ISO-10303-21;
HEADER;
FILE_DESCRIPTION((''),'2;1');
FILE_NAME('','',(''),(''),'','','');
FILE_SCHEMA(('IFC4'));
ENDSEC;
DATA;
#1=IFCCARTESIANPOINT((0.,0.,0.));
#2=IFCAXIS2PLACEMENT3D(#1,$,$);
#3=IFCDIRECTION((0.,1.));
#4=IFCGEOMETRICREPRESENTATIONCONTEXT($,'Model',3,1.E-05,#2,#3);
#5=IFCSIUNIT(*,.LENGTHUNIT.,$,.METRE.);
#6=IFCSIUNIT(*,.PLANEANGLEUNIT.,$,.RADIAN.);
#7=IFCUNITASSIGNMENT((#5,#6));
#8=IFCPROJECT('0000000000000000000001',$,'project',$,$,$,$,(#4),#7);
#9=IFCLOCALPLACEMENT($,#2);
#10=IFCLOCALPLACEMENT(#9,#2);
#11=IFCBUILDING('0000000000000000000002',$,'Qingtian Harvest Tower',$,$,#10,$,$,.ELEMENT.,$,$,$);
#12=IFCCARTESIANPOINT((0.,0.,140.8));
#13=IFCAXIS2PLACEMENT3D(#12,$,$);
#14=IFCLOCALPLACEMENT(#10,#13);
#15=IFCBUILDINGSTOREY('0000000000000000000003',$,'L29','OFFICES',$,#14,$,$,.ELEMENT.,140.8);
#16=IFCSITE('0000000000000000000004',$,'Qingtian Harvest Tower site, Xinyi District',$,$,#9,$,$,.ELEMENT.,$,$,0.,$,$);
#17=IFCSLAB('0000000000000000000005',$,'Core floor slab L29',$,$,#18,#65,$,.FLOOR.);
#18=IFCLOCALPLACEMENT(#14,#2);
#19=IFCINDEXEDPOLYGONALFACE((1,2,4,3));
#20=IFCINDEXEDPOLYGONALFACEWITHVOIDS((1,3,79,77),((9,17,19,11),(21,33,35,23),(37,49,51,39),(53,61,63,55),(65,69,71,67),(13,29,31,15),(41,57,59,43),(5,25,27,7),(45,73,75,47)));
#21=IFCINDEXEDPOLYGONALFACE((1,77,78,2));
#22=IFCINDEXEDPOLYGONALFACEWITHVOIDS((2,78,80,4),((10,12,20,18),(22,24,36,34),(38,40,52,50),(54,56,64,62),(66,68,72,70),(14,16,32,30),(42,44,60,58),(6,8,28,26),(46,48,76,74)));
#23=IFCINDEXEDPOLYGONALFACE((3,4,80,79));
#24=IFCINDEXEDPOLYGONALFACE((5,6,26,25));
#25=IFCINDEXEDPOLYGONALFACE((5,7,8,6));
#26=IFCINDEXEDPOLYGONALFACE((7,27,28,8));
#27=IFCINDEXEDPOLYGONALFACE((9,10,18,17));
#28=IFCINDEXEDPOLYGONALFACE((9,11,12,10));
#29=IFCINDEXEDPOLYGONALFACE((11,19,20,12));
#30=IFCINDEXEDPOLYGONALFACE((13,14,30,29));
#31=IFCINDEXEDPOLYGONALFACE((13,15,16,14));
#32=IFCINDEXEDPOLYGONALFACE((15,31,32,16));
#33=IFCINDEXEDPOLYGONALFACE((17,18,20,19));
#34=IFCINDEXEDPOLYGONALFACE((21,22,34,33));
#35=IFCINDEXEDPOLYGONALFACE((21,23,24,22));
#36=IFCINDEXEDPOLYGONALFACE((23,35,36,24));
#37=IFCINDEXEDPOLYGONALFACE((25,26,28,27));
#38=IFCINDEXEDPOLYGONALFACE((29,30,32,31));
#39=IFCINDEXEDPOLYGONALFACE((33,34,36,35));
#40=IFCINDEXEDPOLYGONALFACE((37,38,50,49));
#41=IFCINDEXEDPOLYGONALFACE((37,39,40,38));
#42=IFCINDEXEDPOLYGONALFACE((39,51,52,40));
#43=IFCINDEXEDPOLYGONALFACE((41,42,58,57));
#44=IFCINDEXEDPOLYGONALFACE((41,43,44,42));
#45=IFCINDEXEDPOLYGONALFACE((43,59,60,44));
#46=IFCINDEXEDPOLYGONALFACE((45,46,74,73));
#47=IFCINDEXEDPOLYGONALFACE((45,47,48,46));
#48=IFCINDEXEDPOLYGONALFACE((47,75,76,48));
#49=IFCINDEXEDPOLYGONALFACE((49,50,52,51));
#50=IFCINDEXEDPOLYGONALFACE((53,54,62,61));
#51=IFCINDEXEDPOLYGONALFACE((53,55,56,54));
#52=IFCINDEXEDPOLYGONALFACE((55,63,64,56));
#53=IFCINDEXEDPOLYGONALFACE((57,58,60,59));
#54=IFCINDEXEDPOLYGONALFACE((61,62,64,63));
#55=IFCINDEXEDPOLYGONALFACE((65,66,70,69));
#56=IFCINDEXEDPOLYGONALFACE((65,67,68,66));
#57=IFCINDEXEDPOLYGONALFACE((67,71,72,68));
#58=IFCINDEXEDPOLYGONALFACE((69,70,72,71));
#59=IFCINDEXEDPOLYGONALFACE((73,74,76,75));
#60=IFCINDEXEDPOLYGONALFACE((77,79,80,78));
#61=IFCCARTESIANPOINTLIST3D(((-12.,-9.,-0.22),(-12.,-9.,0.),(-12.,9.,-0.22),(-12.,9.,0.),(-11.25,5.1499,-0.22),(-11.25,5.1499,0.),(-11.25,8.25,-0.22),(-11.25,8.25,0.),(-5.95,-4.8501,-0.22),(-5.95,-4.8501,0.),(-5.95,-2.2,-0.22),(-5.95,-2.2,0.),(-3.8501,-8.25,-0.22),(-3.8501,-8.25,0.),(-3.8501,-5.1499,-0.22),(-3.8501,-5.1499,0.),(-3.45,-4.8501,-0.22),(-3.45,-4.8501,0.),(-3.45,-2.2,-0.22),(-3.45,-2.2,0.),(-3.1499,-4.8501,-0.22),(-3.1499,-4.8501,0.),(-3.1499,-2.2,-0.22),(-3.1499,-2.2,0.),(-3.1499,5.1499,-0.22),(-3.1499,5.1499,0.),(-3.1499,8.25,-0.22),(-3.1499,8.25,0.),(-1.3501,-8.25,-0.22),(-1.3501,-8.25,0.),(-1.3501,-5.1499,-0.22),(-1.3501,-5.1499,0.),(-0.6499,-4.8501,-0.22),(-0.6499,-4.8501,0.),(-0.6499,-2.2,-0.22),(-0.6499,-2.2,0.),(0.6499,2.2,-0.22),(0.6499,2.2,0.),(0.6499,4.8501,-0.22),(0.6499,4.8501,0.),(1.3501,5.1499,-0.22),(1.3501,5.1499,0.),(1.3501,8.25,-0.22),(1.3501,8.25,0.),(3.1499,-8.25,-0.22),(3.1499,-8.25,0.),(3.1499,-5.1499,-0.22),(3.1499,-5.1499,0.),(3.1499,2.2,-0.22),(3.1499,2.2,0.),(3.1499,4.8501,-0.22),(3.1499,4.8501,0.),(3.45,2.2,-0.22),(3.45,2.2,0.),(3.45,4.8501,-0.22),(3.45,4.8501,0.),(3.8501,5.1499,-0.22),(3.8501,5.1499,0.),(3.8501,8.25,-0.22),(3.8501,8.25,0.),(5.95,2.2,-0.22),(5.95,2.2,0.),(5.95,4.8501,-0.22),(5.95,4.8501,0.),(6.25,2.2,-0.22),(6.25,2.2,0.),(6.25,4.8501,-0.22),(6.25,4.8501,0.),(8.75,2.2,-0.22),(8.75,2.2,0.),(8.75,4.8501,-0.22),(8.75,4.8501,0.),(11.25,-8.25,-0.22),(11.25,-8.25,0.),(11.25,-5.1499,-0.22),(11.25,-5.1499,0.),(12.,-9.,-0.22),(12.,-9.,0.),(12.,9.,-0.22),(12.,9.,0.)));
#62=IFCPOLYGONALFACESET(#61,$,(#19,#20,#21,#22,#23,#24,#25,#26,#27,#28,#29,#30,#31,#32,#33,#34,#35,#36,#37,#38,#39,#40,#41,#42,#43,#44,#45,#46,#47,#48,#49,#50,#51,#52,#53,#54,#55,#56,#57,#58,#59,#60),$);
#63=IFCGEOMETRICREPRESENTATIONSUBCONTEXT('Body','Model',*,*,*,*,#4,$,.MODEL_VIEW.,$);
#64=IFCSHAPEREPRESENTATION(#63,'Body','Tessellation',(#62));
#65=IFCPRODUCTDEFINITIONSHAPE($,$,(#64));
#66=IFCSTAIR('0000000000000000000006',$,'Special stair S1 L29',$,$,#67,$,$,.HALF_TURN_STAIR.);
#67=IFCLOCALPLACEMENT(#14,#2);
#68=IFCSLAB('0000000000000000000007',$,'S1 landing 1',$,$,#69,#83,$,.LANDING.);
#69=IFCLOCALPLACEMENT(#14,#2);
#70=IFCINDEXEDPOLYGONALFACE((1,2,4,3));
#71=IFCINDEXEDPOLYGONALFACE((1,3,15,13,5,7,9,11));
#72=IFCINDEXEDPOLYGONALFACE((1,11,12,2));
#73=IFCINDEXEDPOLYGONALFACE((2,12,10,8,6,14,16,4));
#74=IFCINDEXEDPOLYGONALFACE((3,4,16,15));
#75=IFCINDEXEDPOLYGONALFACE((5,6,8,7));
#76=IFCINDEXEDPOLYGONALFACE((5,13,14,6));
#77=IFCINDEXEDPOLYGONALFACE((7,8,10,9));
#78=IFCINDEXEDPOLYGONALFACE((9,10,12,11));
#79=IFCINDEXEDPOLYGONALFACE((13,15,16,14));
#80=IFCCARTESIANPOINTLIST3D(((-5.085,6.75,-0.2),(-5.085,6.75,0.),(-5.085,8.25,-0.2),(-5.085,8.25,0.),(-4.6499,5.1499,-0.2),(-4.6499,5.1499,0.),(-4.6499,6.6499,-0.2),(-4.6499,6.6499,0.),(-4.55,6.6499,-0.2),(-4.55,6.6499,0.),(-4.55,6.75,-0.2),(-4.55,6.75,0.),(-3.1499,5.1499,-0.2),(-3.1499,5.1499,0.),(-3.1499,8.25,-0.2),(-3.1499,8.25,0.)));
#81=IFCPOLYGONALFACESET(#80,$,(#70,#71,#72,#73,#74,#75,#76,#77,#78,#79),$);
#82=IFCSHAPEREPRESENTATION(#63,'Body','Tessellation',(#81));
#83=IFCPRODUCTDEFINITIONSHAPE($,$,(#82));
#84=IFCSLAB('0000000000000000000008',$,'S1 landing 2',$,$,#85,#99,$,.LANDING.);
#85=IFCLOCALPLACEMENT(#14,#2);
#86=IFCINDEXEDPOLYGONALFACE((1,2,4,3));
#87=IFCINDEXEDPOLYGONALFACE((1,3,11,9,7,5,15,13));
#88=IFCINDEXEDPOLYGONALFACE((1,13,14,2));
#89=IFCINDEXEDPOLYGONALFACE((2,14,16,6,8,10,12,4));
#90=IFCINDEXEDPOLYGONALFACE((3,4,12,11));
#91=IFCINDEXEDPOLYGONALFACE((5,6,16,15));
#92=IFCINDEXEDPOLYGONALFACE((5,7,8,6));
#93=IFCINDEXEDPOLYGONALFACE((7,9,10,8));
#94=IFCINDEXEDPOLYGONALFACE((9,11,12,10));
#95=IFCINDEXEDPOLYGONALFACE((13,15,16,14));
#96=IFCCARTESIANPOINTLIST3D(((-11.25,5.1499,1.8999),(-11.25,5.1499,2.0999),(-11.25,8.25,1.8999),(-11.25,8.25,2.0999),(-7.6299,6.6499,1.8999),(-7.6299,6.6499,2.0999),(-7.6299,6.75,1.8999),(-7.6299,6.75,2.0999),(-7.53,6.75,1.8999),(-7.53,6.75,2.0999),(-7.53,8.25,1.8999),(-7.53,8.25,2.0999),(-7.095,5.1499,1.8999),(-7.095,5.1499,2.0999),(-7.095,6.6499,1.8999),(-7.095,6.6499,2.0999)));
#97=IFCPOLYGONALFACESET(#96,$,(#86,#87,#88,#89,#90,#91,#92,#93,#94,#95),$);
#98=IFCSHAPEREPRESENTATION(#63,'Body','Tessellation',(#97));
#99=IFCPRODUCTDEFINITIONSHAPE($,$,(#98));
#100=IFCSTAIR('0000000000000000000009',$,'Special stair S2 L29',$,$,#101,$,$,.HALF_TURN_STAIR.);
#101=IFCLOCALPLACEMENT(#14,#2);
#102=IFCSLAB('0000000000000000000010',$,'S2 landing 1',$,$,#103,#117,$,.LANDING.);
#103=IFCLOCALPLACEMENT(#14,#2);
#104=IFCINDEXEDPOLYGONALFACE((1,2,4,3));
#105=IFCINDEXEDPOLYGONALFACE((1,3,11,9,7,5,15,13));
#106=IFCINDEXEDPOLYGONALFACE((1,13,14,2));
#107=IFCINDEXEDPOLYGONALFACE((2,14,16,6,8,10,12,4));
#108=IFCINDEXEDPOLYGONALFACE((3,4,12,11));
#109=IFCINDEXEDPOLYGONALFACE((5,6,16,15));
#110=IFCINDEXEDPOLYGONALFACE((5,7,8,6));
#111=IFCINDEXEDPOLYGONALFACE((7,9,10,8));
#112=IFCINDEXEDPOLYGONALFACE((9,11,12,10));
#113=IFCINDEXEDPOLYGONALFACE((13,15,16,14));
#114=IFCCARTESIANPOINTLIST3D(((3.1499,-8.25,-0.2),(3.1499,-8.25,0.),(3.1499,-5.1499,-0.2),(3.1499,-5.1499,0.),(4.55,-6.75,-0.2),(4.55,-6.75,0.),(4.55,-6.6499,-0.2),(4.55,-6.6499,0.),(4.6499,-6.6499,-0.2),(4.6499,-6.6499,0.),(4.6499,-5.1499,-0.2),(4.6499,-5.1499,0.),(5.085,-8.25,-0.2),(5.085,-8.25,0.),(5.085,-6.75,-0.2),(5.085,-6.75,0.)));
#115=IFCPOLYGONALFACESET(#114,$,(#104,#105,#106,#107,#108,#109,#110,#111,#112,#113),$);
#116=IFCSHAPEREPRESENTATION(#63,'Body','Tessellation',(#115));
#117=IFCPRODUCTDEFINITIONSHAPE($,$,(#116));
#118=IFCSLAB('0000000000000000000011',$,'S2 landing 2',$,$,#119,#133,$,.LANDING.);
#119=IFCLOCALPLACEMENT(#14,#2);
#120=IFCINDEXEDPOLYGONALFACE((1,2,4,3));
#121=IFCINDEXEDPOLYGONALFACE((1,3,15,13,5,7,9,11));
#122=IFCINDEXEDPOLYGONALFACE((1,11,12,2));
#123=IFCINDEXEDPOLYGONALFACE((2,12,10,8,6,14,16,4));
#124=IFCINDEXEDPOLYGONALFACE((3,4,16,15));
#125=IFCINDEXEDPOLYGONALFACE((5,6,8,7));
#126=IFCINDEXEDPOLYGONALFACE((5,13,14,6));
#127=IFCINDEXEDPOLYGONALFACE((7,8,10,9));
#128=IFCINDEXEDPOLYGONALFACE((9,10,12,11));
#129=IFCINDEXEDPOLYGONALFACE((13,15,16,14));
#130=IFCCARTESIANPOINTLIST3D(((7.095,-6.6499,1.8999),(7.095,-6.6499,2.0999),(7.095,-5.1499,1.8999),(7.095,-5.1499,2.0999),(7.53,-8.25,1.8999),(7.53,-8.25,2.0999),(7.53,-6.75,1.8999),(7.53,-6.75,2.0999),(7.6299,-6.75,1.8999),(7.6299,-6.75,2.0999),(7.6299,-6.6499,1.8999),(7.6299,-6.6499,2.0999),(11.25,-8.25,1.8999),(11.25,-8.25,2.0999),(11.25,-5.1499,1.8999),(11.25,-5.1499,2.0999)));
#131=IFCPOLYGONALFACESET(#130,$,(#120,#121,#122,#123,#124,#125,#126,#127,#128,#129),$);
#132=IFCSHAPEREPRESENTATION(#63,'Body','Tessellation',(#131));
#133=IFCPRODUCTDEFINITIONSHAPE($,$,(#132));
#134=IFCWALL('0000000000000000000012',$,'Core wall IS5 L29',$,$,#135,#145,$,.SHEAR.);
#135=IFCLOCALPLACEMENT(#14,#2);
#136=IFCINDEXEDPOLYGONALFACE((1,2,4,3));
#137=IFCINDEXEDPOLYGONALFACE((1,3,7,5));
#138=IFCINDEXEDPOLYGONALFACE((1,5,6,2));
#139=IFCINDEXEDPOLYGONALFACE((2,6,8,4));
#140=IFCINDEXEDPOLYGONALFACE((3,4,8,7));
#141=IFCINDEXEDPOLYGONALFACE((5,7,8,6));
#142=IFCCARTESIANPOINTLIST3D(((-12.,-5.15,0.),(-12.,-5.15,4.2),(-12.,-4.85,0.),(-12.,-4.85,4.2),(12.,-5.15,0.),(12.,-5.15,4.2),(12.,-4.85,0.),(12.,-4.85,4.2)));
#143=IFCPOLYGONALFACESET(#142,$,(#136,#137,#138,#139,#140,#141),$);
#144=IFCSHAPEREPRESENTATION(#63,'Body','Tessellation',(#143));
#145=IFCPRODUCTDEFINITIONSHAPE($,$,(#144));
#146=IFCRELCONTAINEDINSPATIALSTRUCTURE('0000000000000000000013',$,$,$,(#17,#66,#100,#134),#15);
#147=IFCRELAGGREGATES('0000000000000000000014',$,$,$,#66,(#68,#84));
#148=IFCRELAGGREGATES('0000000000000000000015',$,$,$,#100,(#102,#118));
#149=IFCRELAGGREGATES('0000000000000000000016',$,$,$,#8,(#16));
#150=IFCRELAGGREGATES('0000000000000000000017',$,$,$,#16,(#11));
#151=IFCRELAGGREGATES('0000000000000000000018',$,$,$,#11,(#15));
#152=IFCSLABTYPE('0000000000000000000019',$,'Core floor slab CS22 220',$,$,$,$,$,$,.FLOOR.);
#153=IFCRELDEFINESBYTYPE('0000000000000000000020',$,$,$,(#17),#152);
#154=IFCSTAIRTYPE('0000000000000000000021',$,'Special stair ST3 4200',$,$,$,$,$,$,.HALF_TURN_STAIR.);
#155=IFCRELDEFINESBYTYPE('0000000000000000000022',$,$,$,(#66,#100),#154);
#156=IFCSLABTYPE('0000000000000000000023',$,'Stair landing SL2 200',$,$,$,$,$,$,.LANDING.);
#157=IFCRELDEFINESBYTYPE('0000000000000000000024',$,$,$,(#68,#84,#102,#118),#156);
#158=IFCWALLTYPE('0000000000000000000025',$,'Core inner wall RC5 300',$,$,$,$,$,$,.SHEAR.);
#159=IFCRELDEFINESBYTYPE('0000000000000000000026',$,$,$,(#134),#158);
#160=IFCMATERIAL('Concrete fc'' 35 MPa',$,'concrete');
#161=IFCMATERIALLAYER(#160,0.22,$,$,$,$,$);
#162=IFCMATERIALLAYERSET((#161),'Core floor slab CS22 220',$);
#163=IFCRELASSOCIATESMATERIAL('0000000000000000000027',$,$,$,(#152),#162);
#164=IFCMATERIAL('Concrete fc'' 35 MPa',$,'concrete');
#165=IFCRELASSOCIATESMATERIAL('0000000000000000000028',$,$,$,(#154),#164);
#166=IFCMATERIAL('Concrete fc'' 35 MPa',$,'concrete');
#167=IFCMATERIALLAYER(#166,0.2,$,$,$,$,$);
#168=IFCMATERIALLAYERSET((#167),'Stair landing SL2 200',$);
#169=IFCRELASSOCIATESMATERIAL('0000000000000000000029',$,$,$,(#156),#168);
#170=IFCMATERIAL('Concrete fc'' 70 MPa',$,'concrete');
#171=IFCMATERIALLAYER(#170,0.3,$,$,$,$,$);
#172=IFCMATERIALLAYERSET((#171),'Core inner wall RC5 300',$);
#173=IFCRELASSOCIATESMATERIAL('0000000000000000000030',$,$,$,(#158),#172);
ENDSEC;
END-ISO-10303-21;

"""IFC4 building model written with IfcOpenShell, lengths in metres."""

from ifc_helpers import new_model, si_unit, direction, frame, frame_2d, origin, place, context, subcontext, project, spatial, polyline, rectangle, outline, extrude, material, layer, layer_set, type_object, element, aggregate, save


model = new_model("IFC4")

# Units and contexts
model_context = context("Model", 3, precision=1e-05, world=origin(), true_north=direction((0.0, 1.0)))
body_context = subcontext(model_context, "Body", "Model", "MODEL_VIEW")
ifc_project = project(units=[si_unit("LENGTHUNIT", "METRE"), si_unit("PLANEANGLEUNIT", "RADIAN")], contexts=[model_context])

# Site, building, storey
site_placement = place(None, origin())
site = spatial("IfcSite", under=ifc_project, at=site_placement, Name="Qingtian Harvest Tower site, Xinyi District", CompositionType="ELEMENT", RefElevation=0.0)
building_placement = place(site_placement, origin())
building = spatial("IfcBuilding", under=site, at=building_placement, Name="Qingtian Harvest Tower", CompositionType="ELEMENT")
storey_placement = place(building_placement, frame((0.0, 0.0, 140.8)))
storey = spatial("IfcBuildingStorey", under=building, at=storey_placement, Name="L29", Description="OFFICES", CompositionType="ELEMENT", Elevation=140.8)

# Slab
ifc_material_1 = material(Name="Concrete fc' 35 MPa", Category="concrete")
ifc_layer_1 = layer(ifc_material_1, 0.22)
ifc_layer_set_1 = layer_set([ifc_layer_1], Name="Core floor slab CS22 220")
slab_type_1 = type_object("IfcSlabType", Name="Core floor slab CS22 220", PredefinedType="FLOOR", material=ifc_layer_set_1)
slab_1_placement = place(storey_placement, frame((0.0, 0.0, -0.22)))
element("IfcSlab", 1, at=slab_1_placement, inside=storey, type_object=slab_type_1, Name="Core floor slab L29", PredefinedType="FLOOR", context=body_context, shape_type="SweptSolid", body=[
    extrude(outline(polyline([(-12.0, -9.0), (12.0, -9.0), (12.0, 9.0), (-12.0, 9.0), (-12.0, -9.0)]), holes=[polyline([(-11.25, 5.1499), (-3.1499, 5.1499), (-3.1499, 8.25), (-11.25, 8.25), (-11.25, 5.1499)]), polyline([(3.1499, -8.25), (11.25, -8.25), (11.25, -5.1499), (3.1499, -5.1499), (3.1499, -8.25)]), polyline([(1.3501, 5.1499), (3.8501, 5.1499), (3.8501, 8.25), (1.3501, 8.25), (1.3501, 5.1499)]), polyline([(-3.8501, -8.25), (-1.3501, -8.25), (-1.3501, -5.1499), (-3.8501, -5.1499), (-3.8501, -8.25)]), polyline([(0.6499, 2.2), (3.1499, 2.2), (3.1499, 4.8501), (0.6499, 4.8501), (0.6499, 2.2)]), polyline([(3.45, 2.2), (5.95, 2.2), (5.95, 4.8501), (3.45, 4.8501), (3.45, 2.2)]), polyline([(6.25, 2.2), (8.75, 2.2), (8.75, 4.8501), (6.25, 4.8501), (6.25, 2.2)]), polyline([(-5.95, -4.8501), (-3.45, -4.8501), (-3.45, -2.2), (-5.95, -2.2), (-5.95, -4.8501)]), polyline([(-3.1499, -4.8501), (-0.6499, -4.8501), (-0.6499, -2.2), (-3.1499, -2.2), (-3.1499, -4.8501)])]), origin(), (0.0, 0.0, 1.0), 0.22),
])

# Stairs, slabs
ifc_material_2 = material(Name="Concrete fc' 35 MPa", Category="concrete")
stair_type = type_object("IfcStairType", Name="Special stair ST3 4200", PredefinedType="HALF_TURN_STAIR", material=ifc_material_2)
stair_1_placement = place(storey_placement, origin())
stair_1 = element("IfcStair", 2, at=stair_1_placement, inside=storey, type_object=stair_type, Name="Special stair S1 L29", PredefinedType="HALF_TURN_STAIR")
ifc_material_3 = material(Name="Concrete fc' 35 MPa", Category="concrete")
ifc_layer_2 = layer(ifc_material_3, 0.2)
ifc_layer_set_2 = layer_set([ifc_layer_2], Name="Stair landing SL2 200")
slab_type_2 = type_object("IfcSlabType", Name="Stair landing SL2 200", PredefinedType="LANDING", material=ifc_layer_set_2)
slab_2_placement = place(storey_placement, frame((0.0, 0.0, -0.2)))
slab_2 = element("IfcSlab", 3, at=slab_2_placement, type_object=slab_type_2, Name="S1 landing 1", PredefinedType="LANDING", context=body_context, shape_type="SweptSolid", body=[
    extrude(outline(polyline([(-4.6499, 5.1499), (-4.6499, 6.6499), (-4.55, 6.6499), (-4.55, 6.75), (-5.085, 6.75), (-5.085, 8.25), (-3.1499, 8.25), (-3.1499, 5.1499), (-4.6499, 5.1499)])), origin(), (0.0, 0.0, 1.0), 0.2),
])
slab_3_placement = place(storey_placement, frame((0.0, 0.0, 1.8999)))
slab_3 = element("IfcSlab", 4, at=slab_3_placement, type_object=slab_type_2, Name="S1 landing 2", PredefinedType="LANDING", context=body_context, shape_type="SweptSolid", body=[
    extrude(outline(polyline([(-7.095, 5.1499), (-11.25, 5.1499), (-11.25, 8.25), (-7.53, 8.25), (-7.53, 6.75), (-7.6299, 6.75), (-7.6299, 6.6499), (-7.095, 6.6499), (-7.095, 5.1499)])), origin(), (0.0, 0.0, 1.0), 0.2),
])
aggregate(stair_1, [slab_2, slab_3])
stair_2_placement = place(storey_placement, origin())
stair_2 = element("IfcStair", 5, at=stair_2_placement, inside=storey, type_object=stair_type, Name="Special stair S2 L29", PredefinedType="HALF_TURN_STAIR")
slab_4_placement = place(storey_placement, frame((0.0, 0.0, -0.2)))
slab_4 = element("IfcSlab", 6, at=slab_4_placement, type_object=slab_type_2, Name="S2 landing 1", PredefinedType="LANDING", context=body_context, shape_type="SweptSolid", body=[
    extrude(outline(polyline([(5.085, -8.25), (3.1499, -8.25), (3.1499, -5.1499), (4.6499, -5.1499), (4.6499, -6.6499), (4.55, -6.6499), (4.55, -6.75), (5.085, -6.75), (5.085, -8.25)])), origin(), (0.0, 0.0, 1.0), 0.2),
])
slab_5_placement = place(storey_placement, frame((0.0, 0.0, 1.8999)))
slab_5 = element("IfcSlab", 7, at=slab_5_placement, type_object=slab_type_2, Name="S2 landing 2", PredefinedType="LANDING", context=body_context, shape_type="SweptSolid", body=[
    extrude(outline(polyline([(7.53, -8.25), (7.53, -6.75), (7.6299, -6.75), (7.6299, -6.6499), (7.095, -6.6499), (7.095, -5.1499), (11.25, -5.1499), (11.25, -8.25), (7.53, -8.25)])), origin(), (0.0, 0.0, 1.0), 0.2),
])
aggregate(stair_2, [slab_4, slab_5])

# Wall
ifc_material_4 = material(Name="Concrete fc' 70 MPa", Category="concrete")
ifc_layer_3 = layer(ifc_material_4, 0.3)
ifc_layer_set_3 = layer_set([ifc_layer_3], Name="Core inner wall RC5 300")
wall_type_1 = type_object("IfcWallType", Name="Core inner wall RC5 300", PredefinedType="SHEAR", material=ifc_layer_set_3)
wall_1_placement = place(storey_placement, frame((-12.0, -5.0, 0.0), z_axis=(0.0, 0.0, 1.0), x_axis=(1.0, 0.0, 0.0)))
element("IfcWall", 8, at=wall_1_placement, inside=storey, type_object=wall_type_1, Name="Core wall IS5 L29", PredefinedType="SHEAR", context=body_context, shape_type="SweptSolid", body=[
    extrude(rectangle(XDim=24.0, YDim=0.3, at=frame_2d((12.0, 0.0))), origin(), (0.0, 0.0, 1.0), 4.2),
])

save(model, "model.ifc")
